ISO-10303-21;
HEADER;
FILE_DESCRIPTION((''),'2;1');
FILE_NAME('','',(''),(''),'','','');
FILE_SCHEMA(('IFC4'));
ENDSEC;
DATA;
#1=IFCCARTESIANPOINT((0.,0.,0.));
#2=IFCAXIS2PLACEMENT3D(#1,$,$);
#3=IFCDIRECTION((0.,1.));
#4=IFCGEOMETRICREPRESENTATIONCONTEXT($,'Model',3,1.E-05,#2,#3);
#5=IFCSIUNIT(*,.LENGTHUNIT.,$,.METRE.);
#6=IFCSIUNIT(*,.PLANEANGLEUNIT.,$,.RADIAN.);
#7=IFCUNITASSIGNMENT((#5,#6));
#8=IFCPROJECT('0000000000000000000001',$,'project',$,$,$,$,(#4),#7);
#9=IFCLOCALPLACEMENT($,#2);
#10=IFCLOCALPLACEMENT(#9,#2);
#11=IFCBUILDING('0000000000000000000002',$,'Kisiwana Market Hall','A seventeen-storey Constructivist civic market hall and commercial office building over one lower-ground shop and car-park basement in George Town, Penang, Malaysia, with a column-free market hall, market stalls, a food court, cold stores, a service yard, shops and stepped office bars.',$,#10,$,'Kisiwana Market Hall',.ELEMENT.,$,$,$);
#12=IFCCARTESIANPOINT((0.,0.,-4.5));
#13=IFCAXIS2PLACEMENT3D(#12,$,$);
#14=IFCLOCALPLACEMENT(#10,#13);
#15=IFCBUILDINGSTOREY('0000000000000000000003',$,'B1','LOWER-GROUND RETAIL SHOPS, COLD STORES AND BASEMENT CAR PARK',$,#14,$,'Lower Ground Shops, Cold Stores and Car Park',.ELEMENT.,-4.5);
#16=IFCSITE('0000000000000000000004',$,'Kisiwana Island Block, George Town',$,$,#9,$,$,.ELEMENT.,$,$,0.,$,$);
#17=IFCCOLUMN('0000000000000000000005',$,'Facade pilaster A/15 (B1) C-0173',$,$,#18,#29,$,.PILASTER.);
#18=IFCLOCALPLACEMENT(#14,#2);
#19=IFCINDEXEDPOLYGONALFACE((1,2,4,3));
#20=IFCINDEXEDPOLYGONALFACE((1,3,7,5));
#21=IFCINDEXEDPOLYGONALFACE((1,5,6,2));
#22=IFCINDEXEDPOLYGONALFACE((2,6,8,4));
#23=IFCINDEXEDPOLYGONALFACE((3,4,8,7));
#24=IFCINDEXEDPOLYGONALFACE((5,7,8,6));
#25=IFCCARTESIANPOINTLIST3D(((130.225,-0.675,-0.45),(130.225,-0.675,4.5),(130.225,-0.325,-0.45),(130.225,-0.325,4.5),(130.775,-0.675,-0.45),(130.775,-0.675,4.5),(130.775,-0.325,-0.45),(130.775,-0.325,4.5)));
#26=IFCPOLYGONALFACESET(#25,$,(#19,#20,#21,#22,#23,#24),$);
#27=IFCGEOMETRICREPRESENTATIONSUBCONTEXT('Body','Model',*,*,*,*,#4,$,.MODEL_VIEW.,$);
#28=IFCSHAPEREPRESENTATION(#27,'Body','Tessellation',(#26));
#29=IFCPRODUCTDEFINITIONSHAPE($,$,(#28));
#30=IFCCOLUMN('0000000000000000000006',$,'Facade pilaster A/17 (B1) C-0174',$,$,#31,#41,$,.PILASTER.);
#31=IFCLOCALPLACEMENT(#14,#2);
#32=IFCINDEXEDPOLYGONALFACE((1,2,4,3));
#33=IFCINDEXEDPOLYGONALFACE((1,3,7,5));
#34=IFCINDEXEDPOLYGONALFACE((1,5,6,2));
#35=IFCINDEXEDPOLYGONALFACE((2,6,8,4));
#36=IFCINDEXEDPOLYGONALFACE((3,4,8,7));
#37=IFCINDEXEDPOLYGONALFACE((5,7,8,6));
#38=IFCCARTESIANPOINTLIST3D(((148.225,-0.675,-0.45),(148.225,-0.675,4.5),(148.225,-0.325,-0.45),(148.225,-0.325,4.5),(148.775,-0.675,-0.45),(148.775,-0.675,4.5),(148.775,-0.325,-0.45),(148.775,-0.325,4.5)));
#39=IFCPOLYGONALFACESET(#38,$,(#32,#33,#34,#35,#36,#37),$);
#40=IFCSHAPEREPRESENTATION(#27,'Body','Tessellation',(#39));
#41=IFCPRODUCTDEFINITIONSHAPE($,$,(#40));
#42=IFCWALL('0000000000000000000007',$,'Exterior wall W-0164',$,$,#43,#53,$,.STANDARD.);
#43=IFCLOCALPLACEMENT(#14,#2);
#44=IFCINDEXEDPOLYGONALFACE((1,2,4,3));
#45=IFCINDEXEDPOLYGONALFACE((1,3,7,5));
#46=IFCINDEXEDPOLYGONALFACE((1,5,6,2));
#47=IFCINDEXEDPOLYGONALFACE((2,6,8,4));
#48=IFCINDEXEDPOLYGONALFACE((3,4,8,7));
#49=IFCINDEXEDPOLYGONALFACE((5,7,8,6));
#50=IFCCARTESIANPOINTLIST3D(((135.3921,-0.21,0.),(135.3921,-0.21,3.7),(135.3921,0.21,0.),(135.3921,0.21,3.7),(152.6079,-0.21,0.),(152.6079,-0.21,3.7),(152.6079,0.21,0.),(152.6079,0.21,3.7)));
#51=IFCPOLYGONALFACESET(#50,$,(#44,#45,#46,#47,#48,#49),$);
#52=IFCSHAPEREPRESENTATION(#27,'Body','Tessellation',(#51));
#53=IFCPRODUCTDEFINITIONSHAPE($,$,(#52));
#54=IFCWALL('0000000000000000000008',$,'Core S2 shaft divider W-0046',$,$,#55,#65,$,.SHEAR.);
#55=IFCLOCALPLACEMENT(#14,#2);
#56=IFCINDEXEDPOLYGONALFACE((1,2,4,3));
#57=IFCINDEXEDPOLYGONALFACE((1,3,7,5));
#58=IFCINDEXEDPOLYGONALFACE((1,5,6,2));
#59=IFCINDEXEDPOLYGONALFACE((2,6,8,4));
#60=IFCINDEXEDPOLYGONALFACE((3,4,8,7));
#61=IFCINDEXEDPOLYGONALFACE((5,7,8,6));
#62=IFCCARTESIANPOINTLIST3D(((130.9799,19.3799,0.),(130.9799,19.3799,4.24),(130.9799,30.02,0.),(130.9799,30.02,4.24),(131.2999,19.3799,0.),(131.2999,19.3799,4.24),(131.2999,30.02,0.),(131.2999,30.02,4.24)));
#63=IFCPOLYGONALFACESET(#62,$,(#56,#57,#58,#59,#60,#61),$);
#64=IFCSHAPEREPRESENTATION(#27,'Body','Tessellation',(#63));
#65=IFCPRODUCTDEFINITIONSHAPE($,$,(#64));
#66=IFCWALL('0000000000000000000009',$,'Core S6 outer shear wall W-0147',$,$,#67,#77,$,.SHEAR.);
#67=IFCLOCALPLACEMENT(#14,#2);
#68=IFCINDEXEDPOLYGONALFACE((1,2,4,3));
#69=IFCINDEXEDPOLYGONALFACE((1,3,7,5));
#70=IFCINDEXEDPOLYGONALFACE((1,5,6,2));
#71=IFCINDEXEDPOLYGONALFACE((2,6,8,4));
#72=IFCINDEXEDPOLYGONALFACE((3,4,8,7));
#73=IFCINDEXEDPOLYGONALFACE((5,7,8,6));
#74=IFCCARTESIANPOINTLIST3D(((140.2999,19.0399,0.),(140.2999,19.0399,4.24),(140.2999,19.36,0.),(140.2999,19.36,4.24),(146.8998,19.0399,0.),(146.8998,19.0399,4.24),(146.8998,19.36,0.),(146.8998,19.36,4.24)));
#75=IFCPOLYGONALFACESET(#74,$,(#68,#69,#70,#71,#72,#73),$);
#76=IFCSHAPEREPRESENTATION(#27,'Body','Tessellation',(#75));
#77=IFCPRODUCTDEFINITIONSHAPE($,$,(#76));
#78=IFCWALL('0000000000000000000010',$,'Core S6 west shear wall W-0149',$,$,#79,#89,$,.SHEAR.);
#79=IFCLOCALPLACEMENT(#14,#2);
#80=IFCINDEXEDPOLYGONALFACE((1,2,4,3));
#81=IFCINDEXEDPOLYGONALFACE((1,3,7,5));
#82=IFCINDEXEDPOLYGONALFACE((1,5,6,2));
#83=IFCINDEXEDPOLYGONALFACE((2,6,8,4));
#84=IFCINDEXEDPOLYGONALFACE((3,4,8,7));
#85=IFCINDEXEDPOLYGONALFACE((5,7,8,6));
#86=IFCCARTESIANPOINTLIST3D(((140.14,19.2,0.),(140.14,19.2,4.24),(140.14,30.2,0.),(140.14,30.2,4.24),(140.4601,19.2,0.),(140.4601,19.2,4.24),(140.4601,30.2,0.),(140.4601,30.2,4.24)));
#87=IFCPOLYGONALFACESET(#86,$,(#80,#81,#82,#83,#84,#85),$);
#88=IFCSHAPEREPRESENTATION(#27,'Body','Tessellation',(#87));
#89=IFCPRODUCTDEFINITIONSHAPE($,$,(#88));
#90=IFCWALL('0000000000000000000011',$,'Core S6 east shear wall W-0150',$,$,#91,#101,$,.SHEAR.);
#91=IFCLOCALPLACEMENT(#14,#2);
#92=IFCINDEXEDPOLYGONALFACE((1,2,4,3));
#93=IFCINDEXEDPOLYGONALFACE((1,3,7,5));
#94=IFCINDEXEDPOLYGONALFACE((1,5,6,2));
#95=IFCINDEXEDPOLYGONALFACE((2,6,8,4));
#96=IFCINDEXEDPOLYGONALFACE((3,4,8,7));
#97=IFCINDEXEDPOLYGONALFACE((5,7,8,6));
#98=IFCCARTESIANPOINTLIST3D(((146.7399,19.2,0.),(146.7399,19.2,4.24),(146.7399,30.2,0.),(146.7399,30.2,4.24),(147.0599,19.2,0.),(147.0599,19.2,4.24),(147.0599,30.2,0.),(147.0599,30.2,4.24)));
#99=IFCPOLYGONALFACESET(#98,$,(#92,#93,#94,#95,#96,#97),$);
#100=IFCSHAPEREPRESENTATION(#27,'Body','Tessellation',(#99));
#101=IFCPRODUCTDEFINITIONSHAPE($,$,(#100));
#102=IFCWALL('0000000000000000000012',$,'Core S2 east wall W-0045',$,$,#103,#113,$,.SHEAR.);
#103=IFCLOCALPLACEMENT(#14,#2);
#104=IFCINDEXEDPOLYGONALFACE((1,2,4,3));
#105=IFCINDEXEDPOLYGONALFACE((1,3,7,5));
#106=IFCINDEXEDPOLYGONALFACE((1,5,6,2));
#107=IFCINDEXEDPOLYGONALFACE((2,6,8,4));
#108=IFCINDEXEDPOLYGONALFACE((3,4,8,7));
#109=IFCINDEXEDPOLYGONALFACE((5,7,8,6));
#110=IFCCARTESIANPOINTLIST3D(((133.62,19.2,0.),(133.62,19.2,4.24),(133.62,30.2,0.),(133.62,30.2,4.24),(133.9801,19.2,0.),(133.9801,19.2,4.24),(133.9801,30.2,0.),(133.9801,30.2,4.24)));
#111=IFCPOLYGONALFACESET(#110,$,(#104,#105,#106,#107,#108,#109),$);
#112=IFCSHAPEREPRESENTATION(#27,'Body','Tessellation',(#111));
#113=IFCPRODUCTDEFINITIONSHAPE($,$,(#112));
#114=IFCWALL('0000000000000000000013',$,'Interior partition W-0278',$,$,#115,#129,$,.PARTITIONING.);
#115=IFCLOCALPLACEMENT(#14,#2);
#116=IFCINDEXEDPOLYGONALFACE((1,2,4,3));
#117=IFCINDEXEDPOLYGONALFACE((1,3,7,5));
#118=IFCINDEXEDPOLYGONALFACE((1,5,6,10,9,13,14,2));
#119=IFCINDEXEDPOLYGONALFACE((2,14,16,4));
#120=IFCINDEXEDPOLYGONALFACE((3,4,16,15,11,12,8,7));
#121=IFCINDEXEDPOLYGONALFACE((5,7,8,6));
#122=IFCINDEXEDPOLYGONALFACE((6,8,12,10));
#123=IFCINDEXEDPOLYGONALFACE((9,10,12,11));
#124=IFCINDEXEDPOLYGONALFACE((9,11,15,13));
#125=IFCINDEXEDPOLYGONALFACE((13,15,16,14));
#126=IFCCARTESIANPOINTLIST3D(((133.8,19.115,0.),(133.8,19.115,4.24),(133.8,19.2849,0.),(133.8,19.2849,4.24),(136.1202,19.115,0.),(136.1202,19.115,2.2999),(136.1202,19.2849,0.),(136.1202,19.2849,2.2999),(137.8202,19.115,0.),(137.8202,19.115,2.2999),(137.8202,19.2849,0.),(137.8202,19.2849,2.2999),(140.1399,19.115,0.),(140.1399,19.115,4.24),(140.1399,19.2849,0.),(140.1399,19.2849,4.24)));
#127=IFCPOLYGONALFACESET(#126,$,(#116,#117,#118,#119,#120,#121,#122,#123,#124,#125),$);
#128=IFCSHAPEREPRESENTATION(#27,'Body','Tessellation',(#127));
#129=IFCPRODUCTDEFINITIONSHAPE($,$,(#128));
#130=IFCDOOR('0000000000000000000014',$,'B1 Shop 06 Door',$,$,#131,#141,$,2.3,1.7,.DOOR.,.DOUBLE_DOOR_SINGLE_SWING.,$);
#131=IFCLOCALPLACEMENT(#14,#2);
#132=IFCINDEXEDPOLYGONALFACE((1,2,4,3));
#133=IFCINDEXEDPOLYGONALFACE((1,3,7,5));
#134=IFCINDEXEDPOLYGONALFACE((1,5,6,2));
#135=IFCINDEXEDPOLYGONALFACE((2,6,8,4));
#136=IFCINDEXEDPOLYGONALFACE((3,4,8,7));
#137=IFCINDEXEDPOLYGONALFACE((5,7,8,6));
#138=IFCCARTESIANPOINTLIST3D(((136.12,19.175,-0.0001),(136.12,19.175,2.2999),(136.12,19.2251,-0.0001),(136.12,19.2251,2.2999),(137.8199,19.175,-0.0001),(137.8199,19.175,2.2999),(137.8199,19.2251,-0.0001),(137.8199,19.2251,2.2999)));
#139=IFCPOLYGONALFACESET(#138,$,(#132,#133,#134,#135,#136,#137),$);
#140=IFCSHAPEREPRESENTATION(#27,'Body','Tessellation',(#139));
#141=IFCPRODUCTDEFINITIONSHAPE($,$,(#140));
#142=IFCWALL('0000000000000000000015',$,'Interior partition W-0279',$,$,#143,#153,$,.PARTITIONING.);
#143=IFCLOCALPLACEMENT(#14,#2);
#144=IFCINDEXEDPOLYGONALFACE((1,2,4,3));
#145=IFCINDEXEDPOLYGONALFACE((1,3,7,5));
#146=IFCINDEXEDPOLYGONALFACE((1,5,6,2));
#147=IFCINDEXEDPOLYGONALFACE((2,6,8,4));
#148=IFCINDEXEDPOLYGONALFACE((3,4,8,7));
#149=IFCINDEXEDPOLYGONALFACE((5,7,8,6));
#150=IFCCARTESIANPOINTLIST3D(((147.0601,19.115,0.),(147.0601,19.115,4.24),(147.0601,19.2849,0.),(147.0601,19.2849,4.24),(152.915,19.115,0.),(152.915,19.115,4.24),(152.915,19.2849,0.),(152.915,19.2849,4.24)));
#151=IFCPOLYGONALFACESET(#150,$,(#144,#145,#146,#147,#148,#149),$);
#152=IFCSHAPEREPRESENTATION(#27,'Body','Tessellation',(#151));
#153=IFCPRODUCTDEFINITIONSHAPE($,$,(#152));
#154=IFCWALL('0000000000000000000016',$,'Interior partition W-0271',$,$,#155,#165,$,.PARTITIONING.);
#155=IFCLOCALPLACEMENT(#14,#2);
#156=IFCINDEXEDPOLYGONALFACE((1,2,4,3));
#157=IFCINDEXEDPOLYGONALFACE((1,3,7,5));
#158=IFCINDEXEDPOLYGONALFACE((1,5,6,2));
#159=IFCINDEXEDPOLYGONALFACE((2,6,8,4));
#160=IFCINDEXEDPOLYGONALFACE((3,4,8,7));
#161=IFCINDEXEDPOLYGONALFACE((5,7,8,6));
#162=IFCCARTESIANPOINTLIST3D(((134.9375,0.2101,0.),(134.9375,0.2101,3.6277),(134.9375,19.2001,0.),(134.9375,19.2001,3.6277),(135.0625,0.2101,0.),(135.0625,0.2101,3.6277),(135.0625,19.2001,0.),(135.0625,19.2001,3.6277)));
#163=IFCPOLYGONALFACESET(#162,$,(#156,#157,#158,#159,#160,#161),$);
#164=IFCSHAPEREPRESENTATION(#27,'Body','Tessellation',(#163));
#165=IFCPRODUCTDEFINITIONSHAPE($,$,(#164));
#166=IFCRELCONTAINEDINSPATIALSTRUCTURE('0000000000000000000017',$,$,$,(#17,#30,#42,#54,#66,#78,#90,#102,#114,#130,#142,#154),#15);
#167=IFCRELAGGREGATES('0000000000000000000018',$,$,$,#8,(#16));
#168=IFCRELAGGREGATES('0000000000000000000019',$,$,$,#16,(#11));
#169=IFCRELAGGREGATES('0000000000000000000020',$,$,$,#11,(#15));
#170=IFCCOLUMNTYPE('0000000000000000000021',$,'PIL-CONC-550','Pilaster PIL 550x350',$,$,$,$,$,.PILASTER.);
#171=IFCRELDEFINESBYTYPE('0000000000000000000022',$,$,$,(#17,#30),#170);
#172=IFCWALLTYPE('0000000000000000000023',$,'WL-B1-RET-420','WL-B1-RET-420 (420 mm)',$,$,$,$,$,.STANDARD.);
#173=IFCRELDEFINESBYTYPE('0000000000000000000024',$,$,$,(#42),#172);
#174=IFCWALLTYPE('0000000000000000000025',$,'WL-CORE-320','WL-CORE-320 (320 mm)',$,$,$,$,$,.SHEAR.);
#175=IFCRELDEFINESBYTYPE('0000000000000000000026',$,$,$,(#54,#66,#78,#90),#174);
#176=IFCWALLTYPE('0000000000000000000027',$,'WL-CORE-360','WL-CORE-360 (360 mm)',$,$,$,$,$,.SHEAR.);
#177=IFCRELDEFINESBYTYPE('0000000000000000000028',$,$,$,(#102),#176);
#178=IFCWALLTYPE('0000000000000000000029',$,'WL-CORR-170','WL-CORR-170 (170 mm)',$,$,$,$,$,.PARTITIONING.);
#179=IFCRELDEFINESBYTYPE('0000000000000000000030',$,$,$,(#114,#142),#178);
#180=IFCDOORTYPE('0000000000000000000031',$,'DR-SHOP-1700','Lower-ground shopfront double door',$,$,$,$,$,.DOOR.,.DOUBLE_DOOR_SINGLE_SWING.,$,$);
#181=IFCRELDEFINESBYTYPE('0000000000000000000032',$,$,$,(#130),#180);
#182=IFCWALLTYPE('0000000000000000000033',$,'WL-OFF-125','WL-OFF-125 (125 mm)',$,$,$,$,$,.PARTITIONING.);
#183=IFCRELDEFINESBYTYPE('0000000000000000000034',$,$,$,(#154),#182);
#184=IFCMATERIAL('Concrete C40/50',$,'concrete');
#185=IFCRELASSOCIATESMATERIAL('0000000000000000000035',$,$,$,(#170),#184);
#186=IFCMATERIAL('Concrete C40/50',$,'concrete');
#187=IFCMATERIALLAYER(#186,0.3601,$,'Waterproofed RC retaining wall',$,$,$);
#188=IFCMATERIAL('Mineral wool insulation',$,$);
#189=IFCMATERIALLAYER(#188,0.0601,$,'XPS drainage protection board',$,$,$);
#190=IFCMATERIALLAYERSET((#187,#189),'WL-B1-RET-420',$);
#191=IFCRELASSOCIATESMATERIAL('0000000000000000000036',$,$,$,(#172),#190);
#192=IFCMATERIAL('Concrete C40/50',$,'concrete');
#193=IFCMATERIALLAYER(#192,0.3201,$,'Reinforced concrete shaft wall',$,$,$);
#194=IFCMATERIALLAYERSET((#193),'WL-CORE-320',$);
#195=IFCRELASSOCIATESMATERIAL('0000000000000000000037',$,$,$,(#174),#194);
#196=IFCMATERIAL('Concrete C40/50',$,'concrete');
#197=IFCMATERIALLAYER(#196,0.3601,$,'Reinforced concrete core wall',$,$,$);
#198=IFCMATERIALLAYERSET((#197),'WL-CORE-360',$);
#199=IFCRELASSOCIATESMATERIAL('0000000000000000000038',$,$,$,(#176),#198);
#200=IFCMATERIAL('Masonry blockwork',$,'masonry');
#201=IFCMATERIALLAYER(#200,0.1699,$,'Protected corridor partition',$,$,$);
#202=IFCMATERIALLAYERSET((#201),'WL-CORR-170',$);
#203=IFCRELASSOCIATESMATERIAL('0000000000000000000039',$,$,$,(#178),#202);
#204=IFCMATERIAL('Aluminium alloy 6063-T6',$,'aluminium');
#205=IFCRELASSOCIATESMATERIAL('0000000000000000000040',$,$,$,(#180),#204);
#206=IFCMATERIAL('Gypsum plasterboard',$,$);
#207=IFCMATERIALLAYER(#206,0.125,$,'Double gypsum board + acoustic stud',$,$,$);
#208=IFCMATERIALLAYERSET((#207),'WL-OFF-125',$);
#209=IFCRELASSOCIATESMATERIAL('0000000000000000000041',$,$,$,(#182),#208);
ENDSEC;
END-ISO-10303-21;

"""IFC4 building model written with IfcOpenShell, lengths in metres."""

from ifc_helpers import new_model, si_unit, direction, frame, frame_2d, origin, origin_2d, place, context, subcontext, project, spatial, rectangle, extrude, material, layer, layer_set, material_profile, profile_set, type_object, element, fill, save


model = new_model("IFC4")

# Units and contexts
model_context = context("Model", 3, precision=1e-05, world=origin(), true_north=direction((0.0, 1.0)))
body_context = subcontext(model_context, "Body", "Model", "MODEL_VIEW")
ifc_project = project(units=[si_unit("LENGTHUNIT", "METRE"), si_unit("PLANEANGLEUNIT", "RADIAN")], contexts=[model_context])

# Site, building, storey
site_placement = place(None, origin())
site = spatial("IfcSite", under=ifc_project, at=site_placement, Name="Kisiwana Island Block, George Town", CompositionType="ELEMENT", RefElevation=0.0)
building_placement = place(site_placement, origin())
building = spatial("IfcBuilding", under=site, at=building_placement, Name="Kisiwana Market Hall", Description="A seventeen-storey Constructivist civic market hall and commercial office building over one lower-ground shop and car-park basement in George Town, Penang, Malaysia, with a column-free market hall, market stalls, a food court, cold stores, a service yard, shops and stepped office bars.", LongName="Kisiwana Market Hall", CompositionType="ELEMENT")
storey_placement = place(building_placement, frame((0.0, 0.0, -4.5)))
storey = spatial("IfcBuildingStorey", under=building, at=storey_placement, Name="B1", Description="LOWER-GROUND RETAIL SHOPS, COLD STORES AND BASEMENT CAR PARK", LongName="Lower Ground Shops, Cold Stores and Car Park", CompositionType="ELEMENT", Elevation=-4.5)

# Columns
ifc_material_1 = material(Name="Concrete C40/50", Category="concrete")
ifc_material_profile_1 = material_profile(ifc_material_1, rectangle(XDim=0.55, YDim=0.3501, at=origin_2d()), Name="PIL 550x350")
ifc_profile_set_1 = profile_set([ifc_material_profile_1], Name="Concrete C40/50")
column_type_1 = type_object("IfcColumnType", Name="PIL-CONC-550", Description="Pilaster PIL 550x350", PredefinedType="PILASTER", material=ifc_profile_set_1)
for number, where, z_axis, x_axis, name in (
    (1, (130.5, -0.5, -0.45), (0.0, 0.0, 1.0), (1.0, 0.0, 0.0), "Facade pilaster A/15 (B1) C-0173"),
    (2, (148.5, -0.5, -0.45), (0.0, 0.0, 1.0), (1.0, 0.0, 0.0), "Facade pilaster A/17 (B1) C-0174"),
):
    element("IfcColumn", number, at=place(storey_placement, frame(where, z_axis=z_axis, x_axis=x_axis)), inside=storey, type_object=column_type_1, Name=name, PredefinedType="PILASTER", context=body_context, shape_type="SweptSolid", body=[
        extrude(rectangle(XDim=0.55, YDim=0.3501, at=origin_2d()), origin(), (0.0, 0.0, 1.0), 4.95),
    ])

# Walls
ifc_material_2 = material(Name="Concrete C40/50", Category="concrete")
ifc_layer_1 = layer(ifc_material_2, 0.3601, Name="Waterproofed RC retaining wall")
ifc_material_3 = material(Name="Mineral wool insulation")
ifc_layer_2 = layer(ifc_material_3, 0.0601, Name="XPS drainage protection board")
ifc_layer_set_1 = layer_set([ifc_layer_1, ifc_layer_2], Name="WL-B1-RET-420")
wall_type_1 = type_object("IfcWallType", Name="WL-B1-RET-420", Description="WL-B1-RET-420 (420 mm)", PredefinedType="STANDARD", material=ifc_layer_set_1)
wall_1_placement = place(storey_placement, frame((135.3921, 0.0, 0.0), z_axis=(0.0, 0.0, 1.0), x_axis=(1.0, 0.0, 0.0)))
element("IfcWall", 3, at=wall_1_placement, inside=storey, type_object=wall_type_1, Name="Exterior wall W-0164", PredefinedType="STANDARD", context=body_context, shape_type="SweptSolid", body=[
    extrude(rectangle(XDim=17.2158, YDim=0.4199, at=frame_2d((8.6079, 0.0))), origin(), (0.0, 0.0, 1.0), 3.7),
])
ifc_material_4 = material(Name="Concrete C40/50", Category="concrete")
ifc_layer_3 = layer(ifc_material_4, 0.3201, Name="Reinforced concrete shaft wall")
ifc_layer_set_2 = layer_set([ifc_layer_3], Name="WL-CORE-320")
wall_type_2 = type_object("IfcWallType", Name="WL-CORE-320", Description="WL-CORE-320 (320 mm)", PredefinedType="SHEAR", material=ifc_layer_set_2)
wall_2_placement = place(storey_placement, frame((131.1399, 19.3799, 0.0), z_axis=(0.0, 0.0, 1.0), x_axis=(0.0, 1.0, 0.0)))
element("IfcWall", 4, at=wall_2_placement, inside=storey, type_object=wall_type_2, Name="Core S2 shaft divider W-0046", PredefinedType="SHEAR", context=body_context, shape_type="SweptSolid", body=[
    extrude(rectangle(XDim=10.6401, YDim=0.3201, at=frame_2d((5.3201, 0.0))), origin(), (0.0, 0.0, 1.0), 4.24),
])
wall_3_placement = place(storey_placement, frame((140.3, 19.2, 0.0), z_axis=(0.0, 0.0, 1.0), x_axis=(1.0, 0.0, 0.0)))
element("IfcWall", 5, at=wall_3_placement, inside=storey, type_object=wall_type_2, Name="Core S6 outer shear wall W-0147", PredefinedType="SHEAR", context=body_context, shape_type="SweptSolid", body=[
    extrude(rectangle(XDim=6.5999, YDim=0.3201, at=frame_2d((3.2998, 0.0))), origin(), (0.0, 0.0, 1.0), 4.24),
])
for number, where, z_axis, x_axis, name in (
    (6, (140.3, 19.2, 0.0), (0.0, 0.0, 1.0), (0.0, 1.0, 0.0), "Core S6 west shear wall W-0149"),
    (7, (146.8999, 19.2, 0.0), (0.0, 0.0, 1.0), (0.0, 1.0, 0.0), "Core S6 east shear wall W-0150"),
):
    element("IfcWall", number, at=place(storey_placement, frame(where, z_axis=z_axis, x_axis=x_axis)), inside=storey, type_object=wall_type_2, Name=name, PredefinedType="SHEAR", context=body_context, shape_type="SweptSolid", body=[
        extrude(rectangle(XDim=11.0, YDim=0.3201, at=frame_2d((5.5, 0.0))), origin(), (0.0, 0.0, 1.0), 4.24),
    ])
ifc_material_5 = material(Name="Concrete C40/50", Category="concrete")
ifc_layer_4 = layer(ifc_material_5, 0.3601, Name="Reinforced concrete core wall")
ifc_layer_set_3 = layer_set([ifc_layer_4], Name="WL-CORE-360")
wall_type_3 = type_object("IfcWallType", Name="WL-CORE-360", Description="WL-CORE-360 (360 mm)", PredefinedType="SHEAR", material=ifc_layer_set_3)
wall_4_placement = place(storey_placement, frame((133.8, 19.2, 0.0), z_axis=(0.0, 0.0, 1.0), x_axis=(0.0, 1.0, 0.0)))
element("IfcWall", 8, at=wall_4_placement, inside=storey, type_object=wall_type_3, Name="Core S2 east wall W-0045", PredefinedType="SHEAR", context=body_context, shape_type="SweptSolid", body=[
    extrude(rectangle(XDim=11.0, YDim=0.3601, at=frame_2d((5.5, 0.0))), origin(), (0.0, 0.0, 1.0), 4.24),
])

# Wall, opening, door
ifc_material_6 = material(Name="Masonry blockwork", Category="masonry")
ifc_layer_5 = layer(ifc_material_6, 0.1699, Name="Protected corridor partition")
ifc_layer_set_4 = layer_set([ifc_layer_5], Name="WL-CORR-170")
wall_type_4 = type_object("IfcWallType", Name="WL-CORR-170", Description="WL-CORR-170 (170 mm)", PredefinedType="PARTITIONING", material=ifc_layer_set_4)
wall_5_placement = place(storey_placement, frame((133.8, 19.2, 0.0), z_axis=(0.0, 0.0, 1.0), x_axis=(1.0, 0.0, 0.0)))
wall_5 = element("IfcWall", 9, at=wall_5_placement, inside=storey, type_object=wall_type_4, Name="Interior partition W-0278", PredefinedType="PARTITIONING", context=body_context, shape_type="SweptSolid", body=[
    extrude(rectangle(XDim=6.3398, YDim=0.1699, at=frame_2d((3.1699, 0.0))), origin(), (0.0, 0.0, 1.0), 4.24),
])
opening_placement = place(wall_5_placement, frame((2.3201, 0.0, 0.0)))
opening = element("IfcOpeningElement", 10, at=opening_placement, cuts=wall_5, PredefinedType="OPENING", context=body_context, shape_type="SweptSolid", body=[
    extrude(rectangle(XDim=1.7, YDim=2.3, at=frame_2d((0.8501, 1.1499))), frame((0.0, 0.0969, 0.0), z_axis=(0.0, -1.0, 0.0), x_axis=(1.0, 0.0, 0.0)), (0.0, 0.0, 1.0), 0.1938),
])
ifc_material_7 = material(Name="Aluminium alloy 6063-T6", Category="aluminium")
door_type = type_object("IfcDoorType", Name="DR-SHOP-1700", Description="Lower-ground shopfront double door", OperationType="DOUBLE_DOOR_SINGLE_SWING", PredefinedType="DOOR", material=ifc_material_7)
door_placement = place(opening_placement, frame((1.7, 0.0, 0.0), z_axis=(0.0, 0.0, 1.0), x_axis=(-1.0, 0.0, 0.0)))
door = element("IfcDoor", 11, at=door_placement, inside=storey, type_object=door_type, Name="B1 Shop 06 Door", OperationType="DOUBLE_DOOR_SINGLE_SWING", OverallHeight=2.3, OverallWidth=1.7, PredefinedType="DOOR", context=body_context, shape_type="SweptSolid", body=[
    extrude(rectangle(XDim=1.7, YDim=2.3, at=frame_2d((0.8501, 1.1499))), frame((0.0, 0.0249, 0.0), z_axis=(0.0, -1.0, 0.0), x_axis=(1.0, 0.0, 0.0)), (0.0, 0.0, 1.0), 0.05),
])
fill(opening, door)

# Walls
wall_6_placement = place(storey_placement, frame((147.0601, 19.2, 0.0), z_axis=(0.0, 0.0, 1.0), x_axis=(1.0, 0.0, 0.0)))
element("IfcWall", 12, at=wall_6_placement, inside=storey, type_object=wall_type_4, Name="Interior partition W-0279", PredefinedType="PARTITIONING", context=body_context, shape_type="SweptSolid", body=[
    extrude(rectangle(XDim=5.855, YDim=0.1699, at=frame_2d((2.9275, 0.0))), origin(), (0.0, 0.0, 1.0), 4.24),
])
ifc_material_8 = material(Name="Gypsum plasterboard")
ifc_layer_6 = layer(ifc_material_8, 0.125, Name="Double gypsum board + acoustic stud")
ifc_layer_set_5 = layer_set([ifc_layer_6], Name="WL-OFF-125")
wall_type_5 = type_object("IfcWallType", Name="WL-OFF-125", Description="WL-OFF-125 (125 mm)", PredefinedType="PARTITIONING", material=ifc_layer_set_5)
wall_7_placement = place(storey_placement, frame((135.0, 0.21, 0.0), z_axis=(0.0, 0.0, 1.0), x_axis=(0.0, 1.0, 0.0)))
element("IfcWall", 13, at=wall_7_placement, inside=storey, type_object=wall_type_5, Name="Interior partition W-0271", PredefinedType="PARTITIONING", context=body_context, shape_type="SweptSolid", body=[
    extrude(rectangle(XDim=18.99, YDim=0.125, at=frame_2d((9.4951, 0.0))), origin(), (0.0, 0.0, 1.0), 3.6277),
])

save(model, "model.ifc")
